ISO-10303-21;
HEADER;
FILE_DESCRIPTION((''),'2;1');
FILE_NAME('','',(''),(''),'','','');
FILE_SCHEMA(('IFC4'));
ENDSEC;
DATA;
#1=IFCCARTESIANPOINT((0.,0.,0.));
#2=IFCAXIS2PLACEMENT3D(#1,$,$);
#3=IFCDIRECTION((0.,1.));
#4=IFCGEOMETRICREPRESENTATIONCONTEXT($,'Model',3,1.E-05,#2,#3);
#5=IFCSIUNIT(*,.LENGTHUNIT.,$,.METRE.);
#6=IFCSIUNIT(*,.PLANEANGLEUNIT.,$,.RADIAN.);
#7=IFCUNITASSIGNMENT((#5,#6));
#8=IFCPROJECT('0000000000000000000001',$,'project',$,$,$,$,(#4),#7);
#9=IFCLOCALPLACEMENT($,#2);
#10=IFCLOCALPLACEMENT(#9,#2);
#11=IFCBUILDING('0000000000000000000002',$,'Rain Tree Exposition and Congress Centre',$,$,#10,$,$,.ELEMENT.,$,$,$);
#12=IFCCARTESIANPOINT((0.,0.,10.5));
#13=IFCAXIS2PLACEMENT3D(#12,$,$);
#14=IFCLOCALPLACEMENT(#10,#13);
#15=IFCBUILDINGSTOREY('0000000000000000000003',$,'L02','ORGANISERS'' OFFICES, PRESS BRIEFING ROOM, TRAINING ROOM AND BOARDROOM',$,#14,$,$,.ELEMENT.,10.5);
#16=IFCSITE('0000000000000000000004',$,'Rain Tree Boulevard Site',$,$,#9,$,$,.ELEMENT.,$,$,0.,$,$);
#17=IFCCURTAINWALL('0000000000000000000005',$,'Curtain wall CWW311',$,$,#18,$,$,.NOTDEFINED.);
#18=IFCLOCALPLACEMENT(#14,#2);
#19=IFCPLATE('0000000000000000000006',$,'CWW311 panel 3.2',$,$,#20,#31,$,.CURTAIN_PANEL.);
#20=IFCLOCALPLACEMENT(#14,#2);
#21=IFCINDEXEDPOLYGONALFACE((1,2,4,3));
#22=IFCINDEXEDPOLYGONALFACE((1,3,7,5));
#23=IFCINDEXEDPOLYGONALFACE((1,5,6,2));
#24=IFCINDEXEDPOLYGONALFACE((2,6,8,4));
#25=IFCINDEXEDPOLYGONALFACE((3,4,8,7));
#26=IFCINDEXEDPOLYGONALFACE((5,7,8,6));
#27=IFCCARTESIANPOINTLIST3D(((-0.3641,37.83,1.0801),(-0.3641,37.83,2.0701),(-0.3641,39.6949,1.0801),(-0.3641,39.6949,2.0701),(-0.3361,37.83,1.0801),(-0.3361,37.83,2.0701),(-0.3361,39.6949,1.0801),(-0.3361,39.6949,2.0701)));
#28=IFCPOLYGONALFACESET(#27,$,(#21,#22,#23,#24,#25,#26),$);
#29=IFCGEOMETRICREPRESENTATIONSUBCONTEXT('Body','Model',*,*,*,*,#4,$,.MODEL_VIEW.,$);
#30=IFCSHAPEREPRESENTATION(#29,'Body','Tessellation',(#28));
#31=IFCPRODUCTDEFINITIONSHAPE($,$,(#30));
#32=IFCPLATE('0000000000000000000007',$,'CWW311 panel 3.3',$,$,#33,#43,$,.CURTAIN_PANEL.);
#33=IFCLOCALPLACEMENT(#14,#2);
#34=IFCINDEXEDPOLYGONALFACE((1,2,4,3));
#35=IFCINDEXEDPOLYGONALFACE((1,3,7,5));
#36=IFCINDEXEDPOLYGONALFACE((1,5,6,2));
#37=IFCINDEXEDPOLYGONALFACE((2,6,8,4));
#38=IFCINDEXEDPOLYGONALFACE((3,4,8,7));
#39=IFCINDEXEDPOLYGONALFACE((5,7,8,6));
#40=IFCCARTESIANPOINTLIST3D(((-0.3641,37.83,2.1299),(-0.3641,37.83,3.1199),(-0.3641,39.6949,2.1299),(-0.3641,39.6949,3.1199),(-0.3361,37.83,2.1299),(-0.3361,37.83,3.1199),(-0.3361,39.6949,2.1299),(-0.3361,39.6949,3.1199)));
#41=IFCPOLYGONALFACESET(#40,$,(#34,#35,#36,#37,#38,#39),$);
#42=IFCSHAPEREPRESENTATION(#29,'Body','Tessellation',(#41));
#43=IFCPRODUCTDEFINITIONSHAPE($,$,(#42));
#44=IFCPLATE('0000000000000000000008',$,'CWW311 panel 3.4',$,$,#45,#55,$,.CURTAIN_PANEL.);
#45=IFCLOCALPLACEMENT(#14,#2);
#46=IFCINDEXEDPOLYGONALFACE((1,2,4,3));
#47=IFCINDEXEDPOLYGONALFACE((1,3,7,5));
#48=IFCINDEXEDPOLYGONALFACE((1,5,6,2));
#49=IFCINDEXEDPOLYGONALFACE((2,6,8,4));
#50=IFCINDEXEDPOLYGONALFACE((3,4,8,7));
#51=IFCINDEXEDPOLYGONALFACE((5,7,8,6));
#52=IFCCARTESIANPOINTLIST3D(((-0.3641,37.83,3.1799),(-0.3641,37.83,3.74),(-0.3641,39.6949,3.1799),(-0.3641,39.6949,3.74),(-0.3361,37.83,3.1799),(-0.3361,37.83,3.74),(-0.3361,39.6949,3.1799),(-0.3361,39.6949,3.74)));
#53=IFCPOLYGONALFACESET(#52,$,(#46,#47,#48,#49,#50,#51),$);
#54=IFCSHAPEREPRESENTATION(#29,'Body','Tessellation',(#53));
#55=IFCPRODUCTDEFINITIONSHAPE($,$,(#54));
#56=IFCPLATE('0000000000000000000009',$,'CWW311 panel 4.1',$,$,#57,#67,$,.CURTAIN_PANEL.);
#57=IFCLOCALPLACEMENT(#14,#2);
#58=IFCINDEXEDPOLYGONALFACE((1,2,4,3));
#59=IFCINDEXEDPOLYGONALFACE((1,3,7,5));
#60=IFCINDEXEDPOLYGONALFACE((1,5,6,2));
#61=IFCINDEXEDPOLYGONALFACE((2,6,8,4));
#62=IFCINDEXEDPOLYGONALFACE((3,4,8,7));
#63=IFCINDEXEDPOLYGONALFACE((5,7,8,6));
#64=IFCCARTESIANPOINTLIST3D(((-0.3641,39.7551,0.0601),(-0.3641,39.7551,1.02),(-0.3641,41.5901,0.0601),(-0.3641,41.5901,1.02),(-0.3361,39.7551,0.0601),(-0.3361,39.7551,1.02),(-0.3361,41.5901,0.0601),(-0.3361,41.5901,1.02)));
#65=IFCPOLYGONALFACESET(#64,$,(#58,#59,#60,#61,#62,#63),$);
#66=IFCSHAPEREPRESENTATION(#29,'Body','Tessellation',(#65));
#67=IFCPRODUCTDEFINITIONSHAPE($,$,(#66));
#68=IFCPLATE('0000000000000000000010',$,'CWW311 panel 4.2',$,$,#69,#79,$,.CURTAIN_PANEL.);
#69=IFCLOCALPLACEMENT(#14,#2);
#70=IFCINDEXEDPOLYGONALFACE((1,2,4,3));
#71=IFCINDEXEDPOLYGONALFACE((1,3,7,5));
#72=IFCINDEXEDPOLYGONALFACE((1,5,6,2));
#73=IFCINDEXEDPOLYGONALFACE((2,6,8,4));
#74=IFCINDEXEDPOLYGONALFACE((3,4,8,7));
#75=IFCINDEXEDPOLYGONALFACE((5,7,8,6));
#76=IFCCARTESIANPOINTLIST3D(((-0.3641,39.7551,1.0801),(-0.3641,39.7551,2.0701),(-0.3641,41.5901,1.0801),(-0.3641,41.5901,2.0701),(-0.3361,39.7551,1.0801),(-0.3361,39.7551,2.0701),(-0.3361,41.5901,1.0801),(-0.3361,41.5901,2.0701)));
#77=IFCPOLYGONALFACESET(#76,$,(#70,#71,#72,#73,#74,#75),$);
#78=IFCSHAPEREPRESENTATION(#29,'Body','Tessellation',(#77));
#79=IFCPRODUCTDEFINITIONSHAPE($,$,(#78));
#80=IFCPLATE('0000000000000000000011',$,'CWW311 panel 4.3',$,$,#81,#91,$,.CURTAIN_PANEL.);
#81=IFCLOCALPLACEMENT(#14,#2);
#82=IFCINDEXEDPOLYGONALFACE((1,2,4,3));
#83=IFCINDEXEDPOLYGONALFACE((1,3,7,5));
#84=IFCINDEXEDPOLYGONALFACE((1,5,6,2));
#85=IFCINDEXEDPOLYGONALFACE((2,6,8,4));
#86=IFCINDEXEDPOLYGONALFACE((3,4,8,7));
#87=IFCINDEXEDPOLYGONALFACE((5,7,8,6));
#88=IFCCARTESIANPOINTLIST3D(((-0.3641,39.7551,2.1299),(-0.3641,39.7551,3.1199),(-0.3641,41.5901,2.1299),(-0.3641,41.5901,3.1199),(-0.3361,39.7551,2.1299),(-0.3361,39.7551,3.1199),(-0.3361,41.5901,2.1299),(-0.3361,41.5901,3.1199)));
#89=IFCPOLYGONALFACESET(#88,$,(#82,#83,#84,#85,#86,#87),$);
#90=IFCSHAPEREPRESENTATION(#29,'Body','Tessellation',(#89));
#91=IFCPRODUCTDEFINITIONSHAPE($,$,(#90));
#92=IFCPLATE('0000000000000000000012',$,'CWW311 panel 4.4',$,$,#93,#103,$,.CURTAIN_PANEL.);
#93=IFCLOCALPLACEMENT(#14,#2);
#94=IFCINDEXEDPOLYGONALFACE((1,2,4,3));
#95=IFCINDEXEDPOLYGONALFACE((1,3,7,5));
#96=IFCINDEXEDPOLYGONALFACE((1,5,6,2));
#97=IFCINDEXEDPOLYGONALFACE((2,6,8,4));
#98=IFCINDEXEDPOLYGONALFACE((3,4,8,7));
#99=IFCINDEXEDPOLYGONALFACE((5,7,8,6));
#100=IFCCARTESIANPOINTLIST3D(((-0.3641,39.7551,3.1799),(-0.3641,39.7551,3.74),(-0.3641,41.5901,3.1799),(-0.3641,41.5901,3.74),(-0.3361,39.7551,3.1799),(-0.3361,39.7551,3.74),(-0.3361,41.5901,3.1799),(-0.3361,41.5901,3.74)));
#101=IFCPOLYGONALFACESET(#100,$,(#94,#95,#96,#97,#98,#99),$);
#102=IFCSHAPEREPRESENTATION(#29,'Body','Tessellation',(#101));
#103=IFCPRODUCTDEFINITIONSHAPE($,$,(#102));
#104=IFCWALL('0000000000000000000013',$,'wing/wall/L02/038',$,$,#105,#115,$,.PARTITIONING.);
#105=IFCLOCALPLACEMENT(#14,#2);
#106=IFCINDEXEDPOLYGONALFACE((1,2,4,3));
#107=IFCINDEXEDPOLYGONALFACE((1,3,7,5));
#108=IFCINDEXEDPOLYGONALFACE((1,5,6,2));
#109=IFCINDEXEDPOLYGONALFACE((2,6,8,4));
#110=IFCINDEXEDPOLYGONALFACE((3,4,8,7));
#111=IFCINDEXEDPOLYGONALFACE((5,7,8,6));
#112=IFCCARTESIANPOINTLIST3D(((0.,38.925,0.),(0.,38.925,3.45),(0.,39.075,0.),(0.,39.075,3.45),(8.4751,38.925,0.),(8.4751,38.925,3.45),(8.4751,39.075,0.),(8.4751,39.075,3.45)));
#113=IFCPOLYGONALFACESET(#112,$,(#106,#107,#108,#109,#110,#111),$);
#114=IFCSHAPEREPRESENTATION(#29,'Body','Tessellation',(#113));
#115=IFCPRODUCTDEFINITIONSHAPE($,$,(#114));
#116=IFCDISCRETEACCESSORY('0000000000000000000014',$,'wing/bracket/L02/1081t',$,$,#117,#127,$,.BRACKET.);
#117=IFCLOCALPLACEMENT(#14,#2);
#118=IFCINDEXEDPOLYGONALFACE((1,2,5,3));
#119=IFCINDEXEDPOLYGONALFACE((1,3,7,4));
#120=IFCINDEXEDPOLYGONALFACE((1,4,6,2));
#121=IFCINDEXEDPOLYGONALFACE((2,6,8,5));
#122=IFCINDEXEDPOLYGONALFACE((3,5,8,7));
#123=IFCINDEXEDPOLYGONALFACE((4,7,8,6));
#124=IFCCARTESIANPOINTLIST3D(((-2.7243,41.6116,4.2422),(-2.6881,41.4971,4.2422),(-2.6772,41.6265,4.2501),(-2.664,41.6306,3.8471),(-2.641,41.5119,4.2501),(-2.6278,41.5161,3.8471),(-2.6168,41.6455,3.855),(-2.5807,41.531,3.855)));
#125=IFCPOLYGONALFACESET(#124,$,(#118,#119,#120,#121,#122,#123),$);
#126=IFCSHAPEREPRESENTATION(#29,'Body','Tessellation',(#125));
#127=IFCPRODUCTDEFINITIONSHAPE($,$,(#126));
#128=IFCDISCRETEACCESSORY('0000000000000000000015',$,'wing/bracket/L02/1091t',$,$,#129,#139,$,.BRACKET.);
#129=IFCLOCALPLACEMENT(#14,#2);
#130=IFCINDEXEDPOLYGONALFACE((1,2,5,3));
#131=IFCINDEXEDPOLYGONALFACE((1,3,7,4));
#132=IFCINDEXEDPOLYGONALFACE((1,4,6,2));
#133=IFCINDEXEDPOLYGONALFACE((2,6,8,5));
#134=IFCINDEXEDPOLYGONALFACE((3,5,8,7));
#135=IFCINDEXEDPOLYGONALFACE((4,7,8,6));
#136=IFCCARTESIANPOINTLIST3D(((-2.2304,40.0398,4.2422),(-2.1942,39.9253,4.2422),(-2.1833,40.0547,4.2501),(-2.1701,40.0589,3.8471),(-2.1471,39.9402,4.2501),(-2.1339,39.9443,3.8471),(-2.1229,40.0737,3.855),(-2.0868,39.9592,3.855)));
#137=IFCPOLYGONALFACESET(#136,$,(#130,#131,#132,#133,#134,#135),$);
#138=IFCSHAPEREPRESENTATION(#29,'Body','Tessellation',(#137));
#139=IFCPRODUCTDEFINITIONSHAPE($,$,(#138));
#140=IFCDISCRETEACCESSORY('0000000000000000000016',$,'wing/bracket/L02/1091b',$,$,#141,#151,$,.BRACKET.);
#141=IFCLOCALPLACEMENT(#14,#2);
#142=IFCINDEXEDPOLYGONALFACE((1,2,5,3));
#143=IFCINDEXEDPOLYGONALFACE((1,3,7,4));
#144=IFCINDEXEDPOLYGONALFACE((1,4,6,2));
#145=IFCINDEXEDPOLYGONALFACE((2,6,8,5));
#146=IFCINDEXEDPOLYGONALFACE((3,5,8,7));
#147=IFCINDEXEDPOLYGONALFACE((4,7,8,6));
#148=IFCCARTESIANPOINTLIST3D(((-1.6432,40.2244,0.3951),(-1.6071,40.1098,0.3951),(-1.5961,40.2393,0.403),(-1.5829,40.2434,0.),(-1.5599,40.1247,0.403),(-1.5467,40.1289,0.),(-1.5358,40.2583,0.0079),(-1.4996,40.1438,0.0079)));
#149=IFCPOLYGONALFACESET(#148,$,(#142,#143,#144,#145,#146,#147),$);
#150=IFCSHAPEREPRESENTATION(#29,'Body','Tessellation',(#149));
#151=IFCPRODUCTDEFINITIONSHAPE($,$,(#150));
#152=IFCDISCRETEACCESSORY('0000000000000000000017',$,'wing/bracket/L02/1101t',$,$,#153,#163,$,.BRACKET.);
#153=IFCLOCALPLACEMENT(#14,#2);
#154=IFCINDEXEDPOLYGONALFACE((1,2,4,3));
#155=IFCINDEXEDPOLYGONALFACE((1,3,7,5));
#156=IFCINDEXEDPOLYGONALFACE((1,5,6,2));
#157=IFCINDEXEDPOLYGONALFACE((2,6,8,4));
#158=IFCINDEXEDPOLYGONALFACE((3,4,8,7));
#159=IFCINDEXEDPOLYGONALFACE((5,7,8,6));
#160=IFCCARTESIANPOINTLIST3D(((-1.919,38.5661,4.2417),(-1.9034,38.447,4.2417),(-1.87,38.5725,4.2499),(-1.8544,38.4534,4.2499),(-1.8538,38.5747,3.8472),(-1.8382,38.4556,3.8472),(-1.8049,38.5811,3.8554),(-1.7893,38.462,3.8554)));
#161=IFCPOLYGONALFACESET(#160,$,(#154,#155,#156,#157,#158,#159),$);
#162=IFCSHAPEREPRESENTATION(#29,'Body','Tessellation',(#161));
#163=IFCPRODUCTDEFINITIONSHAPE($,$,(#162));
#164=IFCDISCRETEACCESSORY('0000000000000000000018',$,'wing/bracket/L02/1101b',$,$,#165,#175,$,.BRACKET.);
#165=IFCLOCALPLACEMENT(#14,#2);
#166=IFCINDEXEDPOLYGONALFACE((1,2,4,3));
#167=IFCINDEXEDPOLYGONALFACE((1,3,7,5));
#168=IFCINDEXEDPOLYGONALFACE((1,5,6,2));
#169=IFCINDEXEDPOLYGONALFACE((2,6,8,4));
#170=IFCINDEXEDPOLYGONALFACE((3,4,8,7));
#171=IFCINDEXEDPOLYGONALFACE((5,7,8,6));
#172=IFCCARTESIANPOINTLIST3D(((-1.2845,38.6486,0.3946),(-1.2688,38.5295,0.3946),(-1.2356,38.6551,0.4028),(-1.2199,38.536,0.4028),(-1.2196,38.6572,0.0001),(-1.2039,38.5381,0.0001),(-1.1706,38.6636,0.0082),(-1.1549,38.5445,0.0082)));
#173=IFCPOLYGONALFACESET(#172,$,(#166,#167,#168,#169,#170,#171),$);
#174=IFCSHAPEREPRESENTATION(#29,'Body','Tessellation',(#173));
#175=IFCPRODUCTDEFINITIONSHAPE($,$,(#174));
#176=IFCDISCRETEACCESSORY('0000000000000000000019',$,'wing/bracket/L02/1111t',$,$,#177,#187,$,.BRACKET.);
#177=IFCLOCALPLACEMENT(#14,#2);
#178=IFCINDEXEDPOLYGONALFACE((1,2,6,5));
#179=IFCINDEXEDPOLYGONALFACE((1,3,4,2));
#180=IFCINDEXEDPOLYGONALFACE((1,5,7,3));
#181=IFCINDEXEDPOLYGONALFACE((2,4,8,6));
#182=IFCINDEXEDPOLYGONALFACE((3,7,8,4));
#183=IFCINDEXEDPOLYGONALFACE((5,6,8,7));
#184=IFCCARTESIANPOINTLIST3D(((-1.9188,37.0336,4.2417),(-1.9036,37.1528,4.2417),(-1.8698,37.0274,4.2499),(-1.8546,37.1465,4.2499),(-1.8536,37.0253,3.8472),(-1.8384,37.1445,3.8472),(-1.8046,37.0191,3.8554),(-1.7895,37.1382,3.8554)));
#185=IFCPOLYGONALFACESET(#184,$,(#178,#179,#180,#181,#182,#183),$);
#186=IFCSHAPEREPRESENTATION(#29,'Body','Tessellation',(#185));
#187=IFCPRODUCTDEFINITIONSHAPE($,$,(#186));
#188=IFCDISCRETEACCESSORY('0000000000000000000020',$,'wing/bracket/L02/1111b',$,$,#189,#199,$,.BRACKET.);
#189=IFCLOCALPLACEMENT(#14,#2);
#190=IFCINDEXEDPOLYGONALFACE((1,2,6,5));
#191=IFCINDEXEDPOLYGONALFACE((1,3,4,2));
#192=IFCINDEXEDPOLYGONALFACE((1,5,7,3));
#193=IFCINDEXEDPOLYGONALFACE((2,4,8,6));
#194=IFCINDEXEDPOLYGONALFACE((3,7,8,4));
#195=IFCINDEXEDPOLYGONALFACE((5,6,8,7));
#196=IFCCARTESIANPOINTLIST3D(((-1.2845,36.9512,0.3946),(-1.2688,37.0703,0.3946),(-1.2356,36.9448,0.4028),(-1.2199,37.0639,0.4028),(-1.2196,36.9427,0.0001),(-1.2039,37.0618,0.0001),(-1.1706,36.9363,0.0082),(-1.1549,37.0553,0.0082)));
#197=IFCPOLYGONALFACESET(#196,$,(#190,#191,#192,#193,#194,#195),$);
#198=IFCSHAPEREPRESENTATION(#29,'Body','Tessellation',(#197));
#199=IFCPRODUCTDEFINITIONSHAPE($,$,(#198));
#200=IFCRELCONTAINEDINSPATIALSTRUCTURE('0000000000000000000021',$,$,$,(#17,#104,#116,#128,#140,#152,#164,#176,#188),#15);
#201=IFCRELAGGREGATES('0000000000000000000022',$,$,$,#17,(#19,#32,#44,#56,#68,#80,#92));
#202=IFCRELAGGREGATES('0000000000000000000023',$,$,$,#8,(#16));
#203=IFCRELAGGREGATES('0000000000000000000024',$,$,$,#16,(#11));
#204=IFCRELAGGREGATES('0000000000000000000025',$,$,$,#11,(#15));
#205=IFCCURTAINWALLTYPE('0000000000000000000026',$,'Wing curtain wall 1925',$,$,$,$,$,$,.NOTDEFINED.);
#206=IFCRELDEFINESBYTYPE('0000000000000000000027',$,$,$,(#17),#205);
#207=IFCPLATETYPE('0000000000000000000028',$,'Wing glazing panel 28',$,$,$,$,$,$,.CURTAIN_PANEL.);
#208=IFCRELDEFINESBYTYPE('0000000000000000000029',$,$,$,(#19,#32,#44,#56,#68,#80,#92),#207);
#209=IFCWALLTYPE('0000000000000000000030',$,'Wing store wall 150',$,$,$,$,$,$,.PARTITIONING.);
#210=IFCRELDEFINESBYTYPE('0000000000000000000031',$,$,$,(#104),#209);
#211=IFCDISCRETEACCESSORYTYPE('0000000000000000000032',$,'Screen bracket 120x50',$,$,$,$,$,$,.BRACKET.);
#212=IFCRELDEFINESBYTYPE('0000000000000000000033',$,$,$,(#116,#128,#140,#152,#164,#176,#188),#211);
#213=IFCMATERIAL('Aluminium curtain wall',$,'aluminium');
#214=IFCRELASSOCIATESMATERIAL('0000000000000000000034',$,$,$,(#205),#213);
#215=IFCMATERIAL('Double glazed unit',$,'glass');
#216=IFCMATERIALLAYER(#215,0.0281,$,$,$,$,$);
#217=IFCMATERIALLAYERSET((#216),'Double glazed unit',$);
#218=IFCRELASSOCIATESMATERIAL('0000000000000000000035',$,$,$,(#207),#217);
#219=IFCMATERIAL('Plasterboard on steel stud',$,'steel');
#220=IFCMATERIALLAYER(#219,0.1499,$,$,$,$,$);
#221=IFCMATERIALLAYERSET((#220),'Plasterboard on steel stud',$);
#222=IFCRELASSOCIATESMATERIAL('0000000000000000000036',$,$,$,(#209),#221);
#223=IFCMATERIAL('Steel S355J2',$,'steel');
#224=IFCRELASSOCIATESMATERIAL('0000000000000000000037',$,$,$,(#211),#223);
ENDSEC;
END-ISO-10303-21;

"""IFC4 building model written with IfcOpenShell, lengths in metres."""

from ifc_helpers import new_model, si_unit, direction, frame, frame_2d, origin, origin_2d, place, context, subcontext, project, spatial, rectangle, extrude, material, layer, layer_set, material_profile, profile_set, type_object, element, aggregate, save


model = new_model("IFC4")

# Units and contexts
model_context = context("Model", 3, precision=1e-05, world=origin(), true_north=direction((0.0, 1.0)))
body_context = subcontext(model_context, "Body", "Model", "MODEL_VIEW")
ifc_project = project(units=[si_unit("LENGTHUNIT", "METRE"), si_unit("PLANEANGLEUNIT", "RADIAN")], contexts=[model_context])

# Site, building, storey
site_placement = place(None, origin())
site = spatial("IfcSite", under=ifc_project, at=site_placement, Name="Rain Tree Boulevard Site", CompositionType="ELEMENT", RefElevation=0.0)
building_placement = place(site_placement, origin())
building = spatial("IfcBuilding", under=site, at=building_placement, Name="Rain Tree Exposition and Congress Centre", CompositionType="ELEMENT")
storey_placement = place(building_placement, frame((0.0, 0.0, 10.5)))
storey = spatial("IfcBuildingStorey", under=building, at=storey_placement, Name="L02", Description="ORGANISERS' OFFICES, PRESS BRIEFING ROOM, TRAINING ROOM AND BOARDROOM", CompositionType="ELEMENT", Elevation=10.5)

# Curtain wall, plates
ifc_material_1 = material(Name="Aluminium curtain wall", Category="aluminium")
curtain_wall_type = type_object("IfcCurtainWallType", Name="Wing curtain wall 1925", PredefinedType="NOTDEFINED", material=ifc_material_1)
curtain_wall_placement = place(storey_placement, origin())
curtain_wall = element("IfcCurtainWall", 1, at=curtain_wall_placement, inside=storey, type_object=curtain_wall_type, Name="Curtain wall CWW311", PredefinedType="NOTDEFINED")
ifc_material_2 = material(Name="Double glazed unit", Category="glass")
ifc_layer_1 = layer(ifc_material_2, 0.0281)
ifc_layer_set_1 = layer_set([ifc_layer_1], Name="Double glazed unit")
plate_type = type_object("IfcPlateType", Name="Wing glazing panel 28", PredefinedType="CURTAIN_PANEL", material=ifc_layer_set_1)
plate_1_placement = place(storey_placement, frame((-0.3501, 38.7625, 1.0801), z_axis=(0.0, 0.0, 1.0), x_axis=(0.0, 1.0, 0.0)))
plate_1 = element("IfcPlate", 2, at=plate_1_placement, type_object=plate_type, Name="CWW311 panel 3.2", PredefinedType="CURTAIN_PANEL", context=body_context, shape_type="SweptSolid", body=[
    extrude(rectangle(XDim=1.865, YDim=0.0281, at=origin_2d()), origin(), (0.0, 0.0, 1.0), 0.99),
])
plate_2_placement = place(storey_placement, frame((-0.3501, 38.7625, 2.1299), z_axis=(0.0, 0.0, 1.0), x_axis=(0.0, 1.0, 0.0)))
plate_2 = element("IfcPlate", 3, at=plate_2_placement, type_object=plate_type, Name="CWW311 panel 3.3", PredefinedType="CURTAIN_PANEL", context=body_context, shape_type="SweptSolid", body=[
    extrude(rectangle(XDim=1.865, YDim=0.0281, at=origin_2d()), origin(), (0.0, 0.0, 1.0), 0.99),
])
plate_3_placement = place(storey_placement, frame((-0.3501, 38.7625, 3.1799), z_axis=(0.0, 0.0, 1.0), x_axis=(0.0, 1.0, 0.0)))
plate_3 = element("IfcPlate", 4, at=plate_3_placement, type_object=plate_type, Name="CWW311 panel 3.4", PredefinedType="CURTAIN_PANEL", context=body_context, shape_type="SweptSolid", body=[
    extrude(rectangle(XDim=1.865, YDim=0.0281, at=origin_2d()), origin(), (0.0, 0.0, 1.0), 0.5601),
])
plate_4_placement = place(storey_placement, frame((-0.3501, 40.6726, 0.0601), z_axis=(0.0, 0.0, 1.0), x_axis=(0.0, 1.0, 0.0)))
plate_4 = element("IfcPlate", 5, at=plate_4_placement, type_object=plate_type, Name="CWW311 panel 4.1", PredefinedType="CURTAIN_PANEL", context=body_context, shape_type="SweptSolid", body=[
    extrude(rectangle(XDim=1.835, YDim=0.0281, at=origin_2d()), origin(), (0.0, 0.0, 1.0), 0.96),
])
plate_5_placement = place(storey_placement, frame((-0.3501, 40.6726, 1.0801), z_axis=(0.0, 0.0, 1.0), x_axis=(0.0, 1.0, 0.0)))
plate_5 = element("IfcPlate", 6, at=plate_5_placement, type_object=plate_type, Name="CWW311 panel 4.2", PredefinedType="CURTAIN_PANEL", context=body_context, shape_type="SweptSolid", body=[
    extrude(rectangle(XDim=1.835, YDim=0.0281, at=origin_2d()), origin(), (0.0, 0.0, 1.0), 0.99),
])
plate_6_placement = place(storey_placement, frame((-0.3501, 40.6726, 2.1299), z_axis=(0.0, 0.0, 1.0), x_axis=(0.0, 1.0, 0.0)))
plate_6 = element("IfcPlate", 7, at=plate_6_placement, type_object=plate_type, Name="CWW311 panel 4.3", PredefinedType="CURTAIN_PANEL", context=body_context, shape_type="SweptSolid", body=[
    extrude(rectangle(XDim=1.835, YDim=0.0281, at=origin_2d()), origin(), (0.0, 0.0, 1.0), 0.99),
])
plate_7_placement = place(storey_placement, frame((-0.3501, 40.6726, 3.1799), z_axis=(0.0, 0.0, 1.0), x_axis=(0.0, 1.0, 0.0)))
plate_7 = element("IfcPlate", 8, at=plate_7_placement, type_object=plate_type, Name="CWW311 panel 4.4", PredefinedType="CURTAIN_PANEL", context=body_context, shape_type="SweptSolid", body=[
    extrude(rectangle(XDim=1.835, YDim=0.0281, at=origin_2d()), origin(), (0.0, 0.0, 1.0), 0.5601),
])
aggregate(curtain_wall, [plate_1, plate_2, plate_3, plate_4, plate_5, plate_6, plate_7])

# Wall
ifc_material_3 = material(Name="Plasterboard on steel stud", Category="steel")
ifc_layer_2 = layer(ifc_material_3, 0.1499)
ifc_layer_set_2 = layer_set([ifc_layer_2], Name="Plasterboard on steel stud")
wall_type = type_object("IfcWallType", Name="Wing store wall 150", PredefinedType="PARTITIONING", material=ifc_layer_set_2)
wall_placement = place(storey_placement, frame((0.0, 39.0, 0.0), z_axis=(0.0, 0.0, 1.0), x_axis=(1.0, 0.0, 0.0)))
element("IfcWall", 9, at=wall_placement, inside=storey, type_object=wall_type, Name="wing/wall/L02/038", PredefinedType="PARTITIONING", context=body_context, shape_type="SweptSolid", body=[
    extrude(rectangle(XDim=8.4751, YDim=0.1499, at=frame_2d((4.2375, 0.0))), origin(), (0.0, 0.0, 1.0), 3.45),
])

# Discrete accessories
ifc_material_4 = material(Name="Steel S355J2", Category="steel")
ifc_material_profile_1 = material_profile(ifc_material_4, rectangle(XDim=0.1201, YDim=0.05, at=origin_2d()), Name="Flat bar 120x50")
ifc_profile_set_1 = profile_set([ifc_material_profile_1], Name="Steel S355J2")
discrete_accessory_type = type_object("IfcDiscreteAccessoryType", Name="Screen bracket 120x50", PredefinedType="BRACKET", material=ifc_profile_set_1)
for number, where, z_axis, x_axis, name in (
    (10, (-2.6223, 41.5808, 3.8511), (-0.150738, -0.047602, 0.987427), (0.301131, -0.953583, 0.0), "wing/bracket/L02/1081t"),
    (11, (-2.1284, 40.009, 3.8511), (-0.150738, -0.047602, 0.987427), (0.301131, -0.953583, 0.0), "wing/bracket/L02/1091t"),
    (12, (-1.5413, 40.1936, 0.0039), (-0.150738, -0.047602, 0.987427), (0.301131, -0.953583, 0.0), "wing/bracket/L02/1091b"),
):
    element("IfcDiscreteAccessory", number, at=place(storey_placement, frame(where, z_axis=z_axis, x_axis=x_axis)), inside=storey, type_object=discrete_accessory_type, Name=name, PredefinedType="BRACKET", context=body_context, shape_type="SweptSolid", body=[
        extrude(rectangle(XDim=0.1201, YDim=0.05, at=origin_2d()), origin(), (0.0, 0.0, 1.0), 0.4001),
    ])
for number, where, z_axis, x_axis, name in (
    (13, (-1.8215, 38.5183, 3.8513), (-0.162976, -0.021364, 0.986399), (0.129974, -0.991517, 0.0), "wing/bracket/L02/1101t"),
    (14, (-1.1873, 38.6008, 0.0042), (-0.162381, -0.021366, 0.986497), (0.130455, -0.991454, 0.0), "wing/bracket/L02/1101b"),
    (15, (-1.8215, 37.0818, 3.8513), (-0.162978, 0.020754, 0.986411), (-0.126321, -0.991989, 0.0), "wing/bracket/L02/1111t"),
    (16, (-1.1873, 36.999, 0.0042), (-0.162381, 0.021366, 0.986497), (-0.130455, -0.991454, 0.0), "wing/bracket/L02/1111b"),
):
    element("IfcDiscreteAccessory", number, at=place(storey_placement, frame(where, z_axis=z_axis, x_axis=x_axis)), inside=storey, type_object=discrete_accessory_type, Name=name, PredefinedType="BRACKET", context=body_context, shape_type="SweptSolid", body=[
        extrude(rectangle(XDim=0.1201, YDim=0.05, at=origin_2d()), origin(), (0.0, 0.0, 1.0), 0.3999),
    ])

save(model, "model.ifc")
